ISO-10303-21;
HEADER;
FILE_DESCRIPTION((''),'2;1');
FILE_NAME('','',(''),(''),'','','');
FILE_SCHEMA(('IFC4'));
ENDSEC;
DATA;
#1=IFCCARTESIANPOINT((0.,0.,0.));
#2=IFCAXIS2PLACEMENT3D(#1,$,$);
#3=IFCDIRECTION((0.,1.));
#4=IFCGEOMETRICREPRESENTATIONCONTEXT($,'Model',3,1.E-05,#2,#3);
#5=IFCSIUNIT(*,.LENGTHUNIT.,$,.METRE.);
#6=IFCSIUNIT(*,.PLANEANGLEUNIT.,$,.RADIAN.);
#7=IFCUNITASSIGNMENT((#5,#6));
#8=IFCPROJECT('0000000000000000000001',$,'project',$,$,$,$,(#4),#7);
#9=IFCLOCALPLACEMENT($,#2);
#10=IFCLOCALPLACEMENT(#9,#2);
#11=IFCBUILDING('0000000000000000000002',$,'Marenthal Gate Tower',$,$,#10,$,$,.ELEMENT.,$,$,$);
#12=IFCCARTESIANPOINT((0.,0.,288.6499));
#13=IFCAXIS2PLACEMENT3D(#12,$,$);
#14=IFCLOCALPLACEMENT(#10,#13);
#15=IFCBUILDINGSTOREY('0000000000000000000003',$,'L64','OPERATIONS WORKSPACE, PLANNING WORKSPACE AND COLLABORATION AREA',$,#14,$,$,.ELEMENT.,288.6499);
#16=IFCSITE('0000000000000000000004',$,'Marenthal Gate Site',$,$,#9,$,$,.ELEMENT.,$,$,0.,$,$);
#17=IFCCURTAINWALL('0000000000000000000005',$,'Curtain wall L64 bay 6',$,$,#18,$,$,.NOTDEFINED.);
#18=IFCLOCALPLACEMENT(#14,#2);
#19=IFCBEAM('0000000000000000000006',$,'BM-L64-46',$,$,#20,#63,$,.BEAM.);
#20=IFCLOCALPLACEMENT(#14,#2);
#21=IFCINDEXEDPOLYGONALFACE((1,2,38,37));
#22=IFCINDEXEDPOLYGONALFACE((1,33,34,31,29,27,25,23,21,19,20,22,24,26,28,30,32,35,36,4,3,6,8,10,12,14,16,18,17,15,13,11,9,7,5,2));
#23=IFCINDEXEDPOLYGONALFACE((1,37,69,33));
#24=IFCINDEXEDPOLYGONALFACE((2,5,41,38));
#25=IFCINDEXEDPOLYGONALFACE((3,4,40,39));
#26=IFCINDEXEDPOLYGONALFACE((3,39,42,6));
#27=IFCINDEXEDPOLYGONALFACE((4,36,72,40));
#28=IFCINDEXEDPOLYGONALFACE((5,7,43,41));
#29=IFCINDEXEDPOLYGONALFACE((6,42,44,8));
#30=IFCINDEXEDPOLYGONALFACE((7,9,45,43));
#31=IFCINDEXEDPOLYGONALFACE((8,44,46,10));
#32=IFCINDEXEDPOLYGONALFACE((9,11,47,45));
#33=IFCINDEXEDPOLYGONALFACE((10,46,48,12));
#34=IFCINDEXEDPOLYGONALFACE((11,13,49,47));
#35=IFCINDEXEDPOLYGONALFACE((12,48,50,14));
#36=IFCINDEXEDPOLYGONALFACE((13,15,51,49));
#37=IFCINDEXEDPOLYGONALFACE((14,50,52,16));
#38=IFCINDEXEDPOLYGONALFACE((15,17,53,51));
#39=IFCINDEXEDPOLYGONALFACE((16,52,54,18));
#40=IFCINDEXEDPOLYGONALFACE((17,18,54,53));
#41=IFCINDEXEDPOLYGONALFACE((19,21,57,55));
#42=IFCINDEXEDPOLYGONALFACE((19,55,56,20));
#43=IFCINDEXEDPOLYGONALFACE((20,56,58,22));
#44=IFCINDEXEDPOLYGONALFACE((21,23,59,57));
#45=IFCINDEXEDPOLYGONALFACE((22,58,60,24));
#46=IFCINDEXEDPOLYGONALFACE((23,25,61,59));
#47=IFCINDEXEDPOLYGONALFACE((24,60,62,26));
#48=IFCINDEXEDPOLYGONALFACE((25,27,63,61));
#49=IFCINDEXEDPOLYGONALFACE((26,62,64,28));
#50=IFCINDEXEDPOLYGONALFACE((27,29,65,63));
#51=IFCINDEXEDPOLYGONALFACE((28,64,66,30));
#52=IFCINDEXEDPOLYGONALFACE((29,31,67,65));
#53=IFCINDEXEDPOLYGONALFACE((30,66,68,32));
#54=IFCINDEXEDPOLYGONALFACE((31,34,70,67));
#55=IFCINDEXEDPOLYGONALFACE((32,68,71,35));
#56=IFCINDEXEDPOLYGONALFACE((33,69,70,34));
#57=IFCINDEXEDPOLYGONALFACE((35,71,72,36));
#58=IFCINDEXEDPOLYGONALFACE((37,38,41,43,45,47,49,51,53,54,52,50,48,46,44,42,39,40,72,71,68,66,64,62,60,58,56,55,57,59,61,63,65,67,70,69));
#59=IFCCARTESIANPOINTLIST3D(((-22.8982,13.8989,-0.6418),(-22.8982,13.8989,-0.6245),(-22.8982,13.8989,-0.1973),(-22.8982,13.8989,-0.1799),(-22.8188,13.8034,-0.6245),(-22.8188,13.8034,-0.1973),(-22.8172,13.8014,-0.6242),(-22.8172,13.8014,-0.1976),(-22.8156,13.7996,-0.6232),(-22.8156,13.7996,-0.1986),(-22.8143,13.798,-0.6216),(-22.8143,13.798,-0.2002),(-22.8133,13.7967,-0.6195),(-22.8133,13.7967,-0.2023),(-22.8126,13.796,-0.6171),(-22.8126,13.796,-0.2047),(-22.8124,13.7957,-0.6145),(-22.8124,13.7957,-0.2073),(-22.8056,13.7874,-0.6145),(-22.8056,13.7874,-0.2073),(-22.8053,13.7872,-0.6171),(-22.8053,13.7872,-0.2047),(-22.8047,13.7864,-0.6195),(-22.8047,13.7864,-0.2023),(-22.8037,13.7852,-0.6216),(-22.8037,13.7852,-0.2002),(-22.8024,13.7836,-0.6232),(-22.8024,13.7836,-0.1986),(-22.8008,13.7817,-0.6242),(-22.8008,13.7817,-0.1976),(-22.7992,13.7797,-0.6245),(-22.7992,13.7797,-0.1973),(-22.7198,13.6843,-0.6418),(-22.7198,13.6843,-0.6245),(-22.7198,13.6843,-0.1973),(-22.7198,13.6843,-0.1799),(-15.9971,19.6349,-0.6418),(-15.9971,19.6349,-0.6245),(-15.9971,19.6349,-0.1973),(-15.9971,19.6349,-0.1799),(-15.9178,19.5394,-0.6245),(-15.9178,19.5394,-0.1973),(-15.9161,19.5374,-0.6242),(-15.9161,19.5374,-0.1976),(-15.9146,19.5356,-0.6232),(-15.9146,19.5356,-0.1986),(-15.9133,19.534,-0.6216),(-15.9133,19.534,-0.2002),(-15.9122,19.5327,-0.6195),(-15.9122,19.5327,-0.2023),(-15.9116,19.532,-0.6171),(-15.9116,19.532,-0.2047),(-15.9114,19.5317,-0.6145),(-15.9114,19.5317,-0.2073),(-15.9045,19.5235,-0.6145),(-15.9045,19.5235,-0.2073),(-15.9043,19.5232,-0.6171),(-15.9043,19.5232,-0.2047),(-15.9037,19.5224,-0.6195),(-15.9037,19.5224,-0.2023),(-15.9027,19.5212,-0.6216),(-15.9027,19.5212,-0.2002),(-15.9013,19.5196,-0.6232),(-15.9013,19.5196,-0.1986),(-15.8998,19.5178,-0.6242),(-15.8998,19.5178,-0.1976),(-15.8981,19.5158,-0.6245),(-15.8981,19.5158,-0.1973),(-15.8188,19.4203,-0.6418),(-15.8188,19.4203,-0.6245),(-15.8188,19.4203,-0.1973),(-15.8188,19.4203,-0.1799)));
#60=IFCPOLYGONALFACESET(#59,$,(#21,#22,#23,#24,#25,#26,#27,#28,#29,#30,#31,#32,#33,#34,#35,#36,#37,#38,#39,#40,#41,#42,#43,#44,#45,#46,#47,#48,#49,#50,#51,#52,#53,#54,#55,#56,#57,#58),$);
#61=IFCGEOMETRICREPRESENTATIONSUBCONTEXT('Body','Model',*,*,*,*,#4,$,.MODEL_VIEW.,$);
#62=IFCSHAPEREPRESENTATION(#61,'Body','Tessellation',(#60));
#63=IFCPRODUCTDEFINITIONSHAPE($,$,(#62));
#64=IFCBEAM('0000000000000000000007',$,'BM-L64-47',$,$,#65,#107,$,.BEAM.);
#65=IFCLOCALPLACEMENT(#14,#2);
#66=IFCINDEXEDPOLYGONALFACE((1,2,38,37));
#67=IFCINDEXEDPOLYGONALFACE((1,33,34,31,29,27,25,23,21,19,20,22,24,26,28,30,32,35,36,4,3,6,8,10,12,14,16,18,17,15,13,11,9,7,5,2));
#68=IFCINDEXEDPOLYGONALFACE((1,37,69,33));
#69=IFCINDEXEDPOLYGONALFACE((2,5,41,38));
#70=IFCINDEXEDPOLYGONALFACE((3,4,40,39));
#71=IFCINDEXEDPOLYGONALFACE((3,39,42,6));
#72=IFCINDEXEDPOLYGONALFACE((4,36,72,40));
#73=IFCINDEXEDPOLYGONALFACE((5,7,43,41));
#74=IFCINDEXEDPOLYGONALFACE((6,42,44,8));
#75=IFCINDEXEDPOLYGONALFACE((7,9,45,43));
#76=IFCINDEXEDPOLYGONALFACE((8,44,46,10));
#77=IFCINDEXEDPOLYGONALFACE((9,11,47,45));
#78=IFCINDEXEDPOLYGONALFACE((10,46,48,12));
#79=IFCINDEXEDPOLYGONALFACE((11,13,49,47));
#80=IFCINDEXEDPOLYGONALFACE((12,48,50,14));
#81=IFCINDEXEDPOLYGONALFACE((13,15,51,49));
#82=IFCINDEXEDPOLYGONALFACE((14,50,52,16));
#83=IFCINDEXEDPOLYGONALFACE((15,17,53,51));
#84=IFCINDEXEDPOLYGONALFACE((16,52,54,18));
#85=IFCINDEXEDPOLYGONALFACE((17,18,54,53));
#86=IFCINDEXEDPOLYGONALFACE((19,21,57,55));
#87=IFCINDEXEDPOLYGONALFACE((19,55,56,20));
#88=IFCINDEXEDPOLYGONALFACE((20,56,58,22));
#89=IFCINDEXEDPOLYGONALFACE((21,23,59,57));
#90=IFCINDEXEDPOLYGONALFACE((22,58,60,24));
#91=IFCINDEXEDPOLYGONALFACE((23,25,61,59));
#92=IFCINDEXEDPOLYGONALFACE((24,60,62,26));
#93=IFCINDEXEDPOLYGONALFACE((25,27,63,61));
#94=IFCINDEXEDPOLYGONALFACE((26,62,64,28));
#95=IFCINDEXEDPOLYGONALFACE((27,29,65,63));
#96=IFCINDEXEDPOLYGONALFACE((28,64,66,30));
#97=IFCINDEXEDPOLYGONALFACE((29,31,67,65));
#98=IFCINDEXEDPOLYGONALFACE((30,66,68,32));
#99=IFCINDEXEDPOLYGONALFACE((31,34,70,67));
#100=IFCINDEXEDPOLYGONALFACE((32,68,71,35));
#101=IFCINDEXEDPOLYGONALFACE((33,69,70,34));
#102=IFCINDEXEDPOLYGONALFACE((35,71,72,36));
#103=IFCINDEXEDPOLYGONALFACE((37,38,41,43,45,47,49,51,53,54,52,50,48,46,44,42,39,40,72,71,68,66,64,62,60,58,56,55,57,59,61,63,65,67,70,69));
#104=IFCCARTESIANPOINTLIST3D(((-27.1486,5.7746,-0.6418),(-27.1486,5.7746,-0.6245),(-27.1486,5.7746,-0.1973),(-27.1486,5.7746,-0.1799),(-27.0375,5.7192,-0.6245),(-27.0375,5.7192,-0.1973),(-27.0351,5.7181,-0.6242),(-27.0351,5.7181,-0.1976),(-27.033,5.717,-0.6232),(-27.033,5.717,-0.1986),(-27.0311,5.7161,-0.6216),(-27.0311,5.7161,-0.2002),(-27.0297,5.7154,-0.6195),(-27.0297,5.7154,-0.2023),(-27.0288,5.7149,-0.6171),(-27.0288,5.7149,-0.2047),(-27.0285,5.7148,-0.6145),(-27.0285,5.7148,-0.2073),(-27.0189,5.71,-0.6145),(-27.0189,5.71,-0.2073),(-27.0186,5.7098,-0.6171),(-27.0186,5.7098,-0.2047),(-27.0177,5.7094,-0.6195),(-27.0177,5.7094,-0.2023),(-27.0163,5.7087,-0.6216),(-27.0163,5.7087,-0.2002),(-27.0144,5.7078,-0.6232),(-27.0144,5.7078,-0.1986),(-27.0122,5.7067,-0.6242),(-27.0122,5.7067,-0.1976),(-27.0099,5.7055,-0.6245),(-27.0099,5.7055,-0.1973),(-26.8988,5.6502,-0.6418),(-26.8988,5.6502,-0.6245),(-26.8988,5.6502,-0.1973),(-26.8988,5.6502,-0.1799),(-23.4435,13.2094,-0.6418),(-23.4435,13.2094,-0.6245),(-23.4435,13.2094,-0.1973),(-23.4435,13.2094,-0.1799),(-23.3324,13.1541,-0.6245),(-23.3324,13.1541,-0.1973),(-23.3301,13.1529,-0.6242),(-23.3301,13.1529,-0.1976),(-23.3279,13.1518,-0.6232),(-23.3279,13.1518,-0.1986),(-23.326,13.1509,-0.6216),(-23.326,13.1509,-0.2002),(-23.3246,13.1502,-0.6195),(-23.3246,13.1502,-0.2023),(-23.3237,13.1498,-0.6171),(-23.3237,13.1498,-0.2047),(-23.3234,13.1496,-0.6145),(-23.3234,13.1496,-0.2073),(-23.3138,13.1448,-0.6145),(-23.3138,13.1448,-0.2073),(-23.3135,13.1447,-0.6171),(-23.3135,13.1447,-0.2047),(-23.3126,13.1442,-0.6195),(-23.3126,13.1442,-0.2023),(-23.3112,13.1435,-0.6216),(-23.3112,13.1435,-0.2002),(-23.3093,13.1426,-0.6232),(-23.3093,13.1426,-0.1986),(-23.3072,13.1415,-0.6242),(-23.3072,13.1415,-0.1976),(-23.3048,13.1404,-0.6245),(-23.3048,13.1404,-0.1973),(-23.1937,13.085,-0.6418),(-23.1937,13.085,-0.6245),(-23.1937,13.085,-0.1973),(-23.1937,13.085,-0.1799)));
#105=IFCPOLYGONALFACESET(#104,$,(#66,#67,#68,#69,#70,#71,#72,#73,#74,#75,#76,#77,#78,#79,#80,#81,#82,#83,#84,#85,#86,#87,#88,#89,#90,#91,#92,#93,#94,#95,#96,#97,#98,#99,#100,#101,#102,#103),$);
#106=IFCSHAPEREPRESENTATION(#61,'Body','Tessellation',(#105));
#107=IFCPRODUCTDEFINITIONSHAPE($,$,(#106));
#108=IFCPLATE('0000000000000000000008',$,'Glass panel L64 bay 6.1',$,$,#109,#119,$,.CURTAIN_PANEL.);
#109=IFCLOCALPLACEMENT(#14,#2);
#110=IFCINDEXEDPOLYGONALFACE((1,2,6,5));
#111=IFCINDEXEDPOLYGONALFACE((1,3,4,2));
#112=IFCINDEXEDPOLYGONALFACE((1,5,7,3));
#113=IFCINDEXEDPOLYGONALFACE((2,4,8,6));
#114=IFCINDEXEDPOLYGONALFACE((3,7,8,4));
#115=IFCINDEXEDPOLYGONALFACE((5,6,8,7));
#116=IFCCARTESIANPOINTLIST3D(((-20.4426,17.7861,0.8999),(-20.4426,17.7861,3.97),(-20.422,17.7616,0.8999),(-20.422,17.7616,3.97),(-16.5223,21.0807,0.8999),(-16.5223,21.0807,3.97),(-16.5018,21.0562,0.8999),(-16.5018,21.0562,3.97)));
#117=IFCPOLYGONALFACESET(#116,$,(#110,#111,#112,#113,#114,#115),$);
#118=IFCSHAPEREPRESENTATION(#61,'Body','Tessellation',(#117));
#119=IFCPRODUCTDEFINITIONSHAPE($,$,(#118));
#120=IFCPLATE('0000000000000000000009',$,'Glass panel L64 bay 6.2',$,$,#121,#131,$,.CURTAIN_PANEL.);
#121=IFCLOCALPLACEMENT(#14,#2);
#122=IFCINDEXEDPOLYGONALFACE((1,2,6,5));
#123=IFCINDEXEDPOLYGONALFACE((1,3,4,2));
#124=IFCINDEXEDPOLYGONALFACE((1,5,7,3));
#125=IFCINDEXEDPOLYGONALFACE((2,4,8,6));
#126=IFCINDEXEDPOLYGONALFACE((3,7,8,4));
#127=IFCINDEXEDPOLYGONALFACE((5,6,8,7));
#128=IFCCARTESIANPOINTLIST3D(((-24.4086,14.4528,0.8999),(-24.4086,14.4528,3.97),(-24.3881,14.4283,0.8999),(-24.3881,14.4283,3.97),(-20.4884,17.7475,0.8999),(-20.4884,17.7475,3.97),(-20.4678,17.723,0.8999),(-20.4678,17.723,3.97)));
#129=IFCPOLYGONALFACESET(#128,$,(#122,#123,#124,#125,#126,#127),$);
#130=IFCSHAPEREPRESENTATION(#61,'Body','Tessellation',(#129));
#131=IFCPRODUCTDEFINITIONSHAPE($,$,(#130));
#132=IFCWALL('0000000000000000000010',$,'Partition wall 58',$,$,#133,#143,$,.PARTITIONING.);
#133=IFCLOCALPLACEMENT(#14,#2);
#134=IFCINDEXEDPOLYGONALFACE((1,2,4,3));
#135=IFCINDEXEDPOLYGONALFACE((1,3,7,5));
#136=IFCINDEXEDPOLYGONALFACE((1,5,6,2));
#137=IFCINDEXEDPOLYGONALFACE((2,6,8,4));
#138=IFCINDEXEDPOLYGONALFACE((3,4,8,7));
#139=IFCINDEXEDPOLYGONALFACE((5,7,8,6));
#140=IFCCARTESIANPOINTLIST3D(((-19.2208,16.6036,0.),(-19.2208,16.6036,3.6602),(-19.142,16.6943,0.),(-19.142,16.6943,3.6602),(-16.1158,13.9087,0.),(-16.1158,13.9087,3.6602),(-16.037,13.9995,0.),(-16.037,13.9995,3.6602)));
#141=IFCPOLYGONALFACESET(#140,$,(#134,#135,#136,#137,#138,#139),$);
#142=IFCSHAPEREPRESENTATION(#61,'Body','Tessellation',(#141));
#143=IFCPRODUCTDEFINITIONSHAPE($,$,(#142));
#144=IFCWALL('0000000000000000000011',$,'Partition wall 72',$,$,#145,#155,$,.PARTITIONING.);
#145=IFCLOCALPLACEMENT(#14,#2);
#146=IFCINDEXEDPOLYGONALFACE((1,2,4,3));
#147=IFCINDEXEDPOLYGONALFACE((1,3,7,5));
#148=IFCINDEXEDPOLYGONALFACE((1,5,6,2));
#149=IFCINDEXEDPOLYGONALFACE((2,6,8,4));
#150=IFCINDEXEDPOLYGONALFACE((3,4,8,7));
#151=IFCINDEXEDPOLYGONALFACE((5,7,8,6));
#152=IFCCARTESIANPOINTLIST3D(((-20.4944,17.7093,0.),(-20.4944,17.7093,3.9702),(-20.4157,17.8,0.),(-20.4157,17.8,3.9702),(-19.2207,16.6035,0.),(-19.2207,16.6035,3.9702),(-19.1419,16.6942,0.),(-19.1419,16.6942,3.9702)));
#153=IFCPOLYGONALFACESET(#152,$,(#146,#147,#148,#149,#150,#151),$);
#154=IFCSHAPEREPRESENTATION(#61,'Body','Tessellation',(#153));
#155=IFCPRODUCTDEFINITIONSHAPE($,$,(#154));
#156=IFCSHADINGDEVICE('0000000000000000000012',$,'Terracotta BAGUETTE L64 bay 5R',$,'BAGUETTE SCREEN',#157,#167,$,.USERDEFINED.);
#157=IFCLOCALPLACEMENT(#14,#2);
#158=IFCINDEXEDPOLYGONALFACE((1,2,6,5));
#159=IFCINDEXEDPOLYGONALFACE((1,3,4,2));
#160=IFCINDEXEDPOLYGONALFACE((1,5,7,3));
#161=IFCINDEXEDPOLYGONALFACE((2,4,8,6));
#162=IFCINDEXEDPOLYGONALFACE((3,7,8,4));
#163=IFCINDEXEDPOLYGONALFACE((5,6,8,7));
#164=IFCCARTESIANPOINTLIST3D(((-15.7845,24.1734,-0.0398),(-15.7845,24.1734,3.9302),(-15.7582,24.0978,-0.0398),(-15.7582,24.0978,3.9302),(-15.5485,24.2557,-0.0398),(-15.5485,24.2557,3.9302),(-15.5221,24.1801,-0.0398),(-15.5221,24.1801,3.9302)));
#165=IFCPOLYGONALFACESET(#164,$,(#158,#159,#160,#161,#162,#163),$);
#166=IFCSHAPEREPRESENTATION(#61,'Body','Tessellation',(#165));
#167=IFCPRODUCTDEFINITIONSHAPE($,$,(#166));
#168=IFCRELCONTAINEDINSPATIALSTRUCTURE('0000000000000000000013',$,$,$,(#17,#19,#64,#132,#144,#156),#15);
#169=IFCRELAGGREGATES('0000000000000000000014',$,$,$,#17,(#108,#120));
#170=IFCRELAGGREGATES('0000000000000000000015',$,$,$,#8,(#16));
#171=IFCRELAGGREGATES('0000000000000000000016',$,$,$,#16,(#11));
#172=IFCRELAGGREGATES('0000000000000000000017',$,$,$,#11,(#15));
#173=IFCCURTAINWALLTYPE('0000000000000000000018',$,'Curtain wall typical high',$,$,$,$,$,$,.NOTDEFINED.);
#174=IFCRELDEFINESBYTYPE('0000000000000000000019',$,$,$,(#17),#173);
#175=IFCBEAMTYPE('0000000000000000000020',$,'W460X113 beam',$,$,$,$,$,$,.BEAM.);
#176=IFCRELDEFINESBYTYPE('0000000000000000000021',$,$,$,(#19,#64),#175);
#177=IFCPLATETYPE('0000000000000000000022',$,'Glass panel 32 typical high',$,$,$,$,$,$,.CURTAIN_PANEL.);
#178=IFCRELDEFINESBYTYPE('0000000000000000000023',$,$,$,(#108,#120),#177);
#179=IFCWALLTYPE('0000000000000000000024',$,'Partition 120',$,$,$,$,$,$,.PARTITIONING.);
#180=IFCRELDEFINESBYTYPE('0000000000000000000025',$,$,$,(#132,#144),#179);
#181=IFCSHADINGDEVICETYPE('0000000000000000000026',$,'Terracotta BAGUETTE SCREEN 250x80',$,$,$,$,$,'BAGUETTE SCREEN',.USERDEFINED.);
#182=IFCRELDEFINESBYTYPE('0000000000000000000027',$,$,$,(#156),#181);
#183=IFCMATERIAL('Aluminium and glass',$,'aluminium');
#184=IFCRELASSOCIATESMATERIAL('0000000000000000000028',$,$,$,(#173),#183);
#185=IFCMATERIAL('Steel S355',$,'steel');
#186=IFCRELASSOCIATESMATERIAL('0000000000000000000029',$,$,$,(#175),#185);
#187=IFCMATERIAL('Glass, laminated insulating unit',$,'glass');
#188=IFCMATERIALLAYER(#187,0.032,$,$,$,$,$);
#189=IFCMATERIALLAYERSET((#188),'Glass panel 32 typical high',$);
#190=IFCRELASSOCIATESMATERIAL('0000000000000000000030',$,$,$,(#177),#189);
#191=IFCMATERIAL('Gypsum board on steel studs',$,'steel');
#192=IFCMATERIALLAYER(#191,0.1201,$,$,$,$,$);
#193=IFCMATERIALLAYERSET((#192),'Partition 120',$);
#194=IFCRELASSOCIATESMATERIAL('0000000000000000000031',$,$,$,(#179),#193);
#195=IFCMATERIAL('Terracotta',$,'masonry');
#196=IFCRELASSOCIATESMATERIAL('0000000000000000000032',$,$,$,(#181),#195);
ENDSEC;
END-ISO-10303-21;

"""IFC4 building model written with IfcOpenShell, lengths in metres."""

from ifc_helpers import new_model, si_unit, direction, frame, frame_2d, origin, origin_2d, place, context, subcontext, project, spatial, rectangle, i_section, extrude, material, layer, layer_set, material_profile, profile_set, type_object, element, aggregate, save


model = new_model("IFC4")

# Units and contexts
model_context = context("Model", 3, precision=1e-05, world=origin(), true_north=direction((0.0, 1.0)))
body_context = subcontext(model_context, "Body", "Model", "MODEL_VIEW")
ifc_project = project(units=[si_unit("LENGTHUNIT", "METRE"), si_unit("PLANEANGLEUNIT", "RADIAN")], contexts=[model_context])

# Site, building, storey
site_placement = place(None, origin())
site = spatial("IfcSite", under=ifc_project, at=site_placement, Name="Marenthal Gate Site", CompositionType="ELEMENT", RefElevation=0.0)
building_placement = place(site_placement, origin())
building = spatial("IfcBuilding", under=site, at=building_placement, Name="Marenthal Gate Tower", CompositionType="ELEMENT")
storey_placement = place(building_placement, frame((0.0, 0.0, 288.6499)))
storey = spatial("IfcBuildingStorey", under=building, at=storey_placement, Name="L64", Description="OPERATIONS WORKSPACE, PLANNING WORKSPACE AND COLLABORATION AREA", CompositionType="ELEMENT", Elevation=288.6499)

# Curtain wall
ifc_material_1 = material(Name="Aluminium and glass", Category="aluminium")
curtain_wall_type = type_object("IfcCurtainWallType", Name="Curtain wall typical high", PredefinedType="NOTDEFINED", material=ifc_material_1)
curtain_wall_placement = place(storey_placement, origin())
curtain_wall = element("IfcCurtainWall", 1, at=curtain_wall_placement, inside=storey, type_object=curtain_wall_type, Name="Curtain wall L64 bay 6", PredefinedType="NOTDEFINED")

# Beams
ifc_material_2 = material(Name="Steel S355", Category="steel")
ifc_material_profile_1 = material_profile(ifc_material_2, i_section(OverallWidth=0.2791, OverallDepth=0.4619, WebThickness=0.0107, FlangeThickness=0.0173, FilletRadius=0.01, at=origin_2d()), Name="W460X113")
ifc_profile_set_1 = profile_set([ifc_material_profile_1], Name="Steel S355")
beam_type_1 = type_object("IfcBeamType", Name="W460X113 beam", PredefinedType="BEAM", material=ifc_profile_set_1)
beam_1_placement = place(storey_placement, frame((-15.908, 19.5276, -0.4109), z_axis=(-0.769035, -0.639207, 0.0), x_axis=(0.639207, -0.769035, 0.0)))
element("IfcBeam", 2, at=beam_1_placement, inside=storey, type_object=beam_type_1, Name="BM-L64-46", PredefinedType="BEAM", context=body_context, shape_type="SweptSolid", body=[
    extrude(i_section(OverallWidth=0.2791, OverallDepth=0.4619, WebThickness=0.0107, FlangeThickness=0.0173, FilletRadius=0.01, at=origin_2d()), origin(), (0.0, 0.0, 1.0), 8.9736),
])
beam_2_placement = place(storey_placement, frame((-23.3186, 13.1472, -0.4109), z_axis=(-0.446026, -0.89502, 0.0), x_axis=(0.89502, -0.446026, 0.0)))
element("IfcBeam", 3, at=beam_2_placement, inside=storey, type_object=beam_type_1, Name="BM-L64-47", PredefinedType="BEAM", context=body_context, shape_type="SweptSolid", body=[
    extrude(i_section(OverallWidth=0.2791, OverallDepth=0.4619, WebThickness=0.0107, FlangeThickness=0.0173, FilletRadius=0.01, at=origin_2d()), origin(), (0.0, 0.0, 1.0), 8.3069),
])

# Plates
ifc_material_3 = material(Name="Glass, laminated insulating unit", Category="glass")
ifc_layer_1 = layer(ifc_material_3, 0.032)
ifc_layer_set_1 = layer_set([ifc_layer_1], Name="Glass panel 32 typical high")
plate_type = type_object("IfcPlateType", Name="Glass panel 32 typical high", PredefinedType="CURTAIN_PANEL", material=ifc_layer_set_1)
plate_1_placement = place(storey_placement, frame((-18.4722, 19.4211, 0.8999), z_axis=(0.0, 0.0, 1.0), x_axis=(-0.765547, -0.64338, 0.0)))
plate_1 = element("IfcPlate", 4, at=plate_1_placement, type_object=plate_type, Name="Glass panel L64 bay 6.1", PredefinedType="CURTAIN_PANEL", context=body_context, shape_type="SweptSolid", body=[
    extrude(rectangle(XDim=5.1208, YDim=0.032, at=origin_2d()), origin(), (0.0, 0.0, 1.0), 3.0701),
])
plate_2_placement = place(storey_placement, frame((-22.4382, 16.0879, 0.8999), z_axis=(0.0, 0.0, 1.0), x_axis=(-0.765547, -0.64338, 0.0)))
plate_2 = element("IfcPlate", 5, at=plate_2_placement, type_object=plate_type, Name="Glass panel L64 bay 6.2", PredefinedType="CURTAIN_PANEL", context=body_context, shape_type="SweptSolid", body=[
    extrude(rectangle(XDim=5.1208, YDim=0.032, at=origin_2d()), origin(), (0.0, 0.0, 1.0), 3.0701),
])
aggregate(curtain_wall, [plate_1, plate_2])

# Walls
ifc_material_4 = material(Name="Gypsum board on steel studs", Category="steel")
ifc_layer_2 = layer(ifc_material_4, 0.1201)
ifc_layer_set_2 = layer_set([ifc_layer_2], Name="Partition 120")
wall_type_1 = type_object("IfcWallType", Name="Partition 120", PredefinedType="PARTITIONING", material=ifc_layer_set_2)
wall_1_placement = place(storey_placement, frame((-16.0764, 13.9541, 0.0), z_axis=(0.0, 0.0, 1.0), x_axis=(-0.755226, 0.655464, 0.0)))
element("IfcWall", 6, at=wall_1_placement, inside=storey, type_object=wall_type_1, Name="Partition wall 58", PredefinedType="PARTITIONING", context=body_context, shape_type="SweptSolid", body=[
    extrude(rectangle(XDim=4.1113, YDim=0.1201, at=frame_2d((2.0557, 0.0))), origin(), (0.0, 0.0, 1.0), 3.6602),
])
wall_2_placement = place(storey_placement, frame((-19.1814, 16.6489, 0.0), z_axis=(0.0, 0.0, 1.0), x_axis=(-0.755144, 0.655559, 0.0)))
element("IfcWall", 7, at=wall_2_placement, inside=storey, type_object=wall_type_1, Name="Partition wall 72", PredefinedType="PARTITIONING", context=body_context, shape_type="SweptSolid", body=[
    extrude(rectangle(XDim=1.6868, YDim=0.1201, at=frame_2d((0.8433, 0.0))), origin(), (0.0, 0.0, 1.0), 3.9702),
])

# Shading device
ifc_material_5 = material(Name="Terracotta", Category="masonry")
ifc_material_profile_2 = material_profile(ifc_material_5, rectangle(XDim=0.25, YDim=0.0801, at=origin_2d()), Name="Terracotta baguette 250x80")
ifc_profile_set_2 = profile_set([ifc_material_profile_2], Name="Terracotta")
shading_device_type = type_object("IfcShadingDeviceType", Name="Terracotta BAGUETTE SCREEN 250x80", ElementType="BAGUETTE SCREEN", PredefinedType="USERDEFINED", material=ifc_profile_set_2)
shading_device_placement = place(storey_placement, frame((-15.6533, 24.1768, -0.0398), z_axis=(0.0, 0.0, 1.0), x_axis=(-0.944305, -0.329072, 0.0)))
element("IfcShadingDevice", 8, at=shading_device_placement, inside=storey, type_object=shading_device_type, Name="Terracotta BAGUETTE L64 bay 5R", ObjectType="BAGUETTE SCREEN", PredefinedType="USERDEFINED", context=body_context, shape_type="SweptSolid", body=[
    extrude(rectangle(XDim=0.25, YDim=0.0801, at=origin_2d()), origin(), (0.0, 0.0, 1.0), 3.97),
])

save(model, "model.ifc")
